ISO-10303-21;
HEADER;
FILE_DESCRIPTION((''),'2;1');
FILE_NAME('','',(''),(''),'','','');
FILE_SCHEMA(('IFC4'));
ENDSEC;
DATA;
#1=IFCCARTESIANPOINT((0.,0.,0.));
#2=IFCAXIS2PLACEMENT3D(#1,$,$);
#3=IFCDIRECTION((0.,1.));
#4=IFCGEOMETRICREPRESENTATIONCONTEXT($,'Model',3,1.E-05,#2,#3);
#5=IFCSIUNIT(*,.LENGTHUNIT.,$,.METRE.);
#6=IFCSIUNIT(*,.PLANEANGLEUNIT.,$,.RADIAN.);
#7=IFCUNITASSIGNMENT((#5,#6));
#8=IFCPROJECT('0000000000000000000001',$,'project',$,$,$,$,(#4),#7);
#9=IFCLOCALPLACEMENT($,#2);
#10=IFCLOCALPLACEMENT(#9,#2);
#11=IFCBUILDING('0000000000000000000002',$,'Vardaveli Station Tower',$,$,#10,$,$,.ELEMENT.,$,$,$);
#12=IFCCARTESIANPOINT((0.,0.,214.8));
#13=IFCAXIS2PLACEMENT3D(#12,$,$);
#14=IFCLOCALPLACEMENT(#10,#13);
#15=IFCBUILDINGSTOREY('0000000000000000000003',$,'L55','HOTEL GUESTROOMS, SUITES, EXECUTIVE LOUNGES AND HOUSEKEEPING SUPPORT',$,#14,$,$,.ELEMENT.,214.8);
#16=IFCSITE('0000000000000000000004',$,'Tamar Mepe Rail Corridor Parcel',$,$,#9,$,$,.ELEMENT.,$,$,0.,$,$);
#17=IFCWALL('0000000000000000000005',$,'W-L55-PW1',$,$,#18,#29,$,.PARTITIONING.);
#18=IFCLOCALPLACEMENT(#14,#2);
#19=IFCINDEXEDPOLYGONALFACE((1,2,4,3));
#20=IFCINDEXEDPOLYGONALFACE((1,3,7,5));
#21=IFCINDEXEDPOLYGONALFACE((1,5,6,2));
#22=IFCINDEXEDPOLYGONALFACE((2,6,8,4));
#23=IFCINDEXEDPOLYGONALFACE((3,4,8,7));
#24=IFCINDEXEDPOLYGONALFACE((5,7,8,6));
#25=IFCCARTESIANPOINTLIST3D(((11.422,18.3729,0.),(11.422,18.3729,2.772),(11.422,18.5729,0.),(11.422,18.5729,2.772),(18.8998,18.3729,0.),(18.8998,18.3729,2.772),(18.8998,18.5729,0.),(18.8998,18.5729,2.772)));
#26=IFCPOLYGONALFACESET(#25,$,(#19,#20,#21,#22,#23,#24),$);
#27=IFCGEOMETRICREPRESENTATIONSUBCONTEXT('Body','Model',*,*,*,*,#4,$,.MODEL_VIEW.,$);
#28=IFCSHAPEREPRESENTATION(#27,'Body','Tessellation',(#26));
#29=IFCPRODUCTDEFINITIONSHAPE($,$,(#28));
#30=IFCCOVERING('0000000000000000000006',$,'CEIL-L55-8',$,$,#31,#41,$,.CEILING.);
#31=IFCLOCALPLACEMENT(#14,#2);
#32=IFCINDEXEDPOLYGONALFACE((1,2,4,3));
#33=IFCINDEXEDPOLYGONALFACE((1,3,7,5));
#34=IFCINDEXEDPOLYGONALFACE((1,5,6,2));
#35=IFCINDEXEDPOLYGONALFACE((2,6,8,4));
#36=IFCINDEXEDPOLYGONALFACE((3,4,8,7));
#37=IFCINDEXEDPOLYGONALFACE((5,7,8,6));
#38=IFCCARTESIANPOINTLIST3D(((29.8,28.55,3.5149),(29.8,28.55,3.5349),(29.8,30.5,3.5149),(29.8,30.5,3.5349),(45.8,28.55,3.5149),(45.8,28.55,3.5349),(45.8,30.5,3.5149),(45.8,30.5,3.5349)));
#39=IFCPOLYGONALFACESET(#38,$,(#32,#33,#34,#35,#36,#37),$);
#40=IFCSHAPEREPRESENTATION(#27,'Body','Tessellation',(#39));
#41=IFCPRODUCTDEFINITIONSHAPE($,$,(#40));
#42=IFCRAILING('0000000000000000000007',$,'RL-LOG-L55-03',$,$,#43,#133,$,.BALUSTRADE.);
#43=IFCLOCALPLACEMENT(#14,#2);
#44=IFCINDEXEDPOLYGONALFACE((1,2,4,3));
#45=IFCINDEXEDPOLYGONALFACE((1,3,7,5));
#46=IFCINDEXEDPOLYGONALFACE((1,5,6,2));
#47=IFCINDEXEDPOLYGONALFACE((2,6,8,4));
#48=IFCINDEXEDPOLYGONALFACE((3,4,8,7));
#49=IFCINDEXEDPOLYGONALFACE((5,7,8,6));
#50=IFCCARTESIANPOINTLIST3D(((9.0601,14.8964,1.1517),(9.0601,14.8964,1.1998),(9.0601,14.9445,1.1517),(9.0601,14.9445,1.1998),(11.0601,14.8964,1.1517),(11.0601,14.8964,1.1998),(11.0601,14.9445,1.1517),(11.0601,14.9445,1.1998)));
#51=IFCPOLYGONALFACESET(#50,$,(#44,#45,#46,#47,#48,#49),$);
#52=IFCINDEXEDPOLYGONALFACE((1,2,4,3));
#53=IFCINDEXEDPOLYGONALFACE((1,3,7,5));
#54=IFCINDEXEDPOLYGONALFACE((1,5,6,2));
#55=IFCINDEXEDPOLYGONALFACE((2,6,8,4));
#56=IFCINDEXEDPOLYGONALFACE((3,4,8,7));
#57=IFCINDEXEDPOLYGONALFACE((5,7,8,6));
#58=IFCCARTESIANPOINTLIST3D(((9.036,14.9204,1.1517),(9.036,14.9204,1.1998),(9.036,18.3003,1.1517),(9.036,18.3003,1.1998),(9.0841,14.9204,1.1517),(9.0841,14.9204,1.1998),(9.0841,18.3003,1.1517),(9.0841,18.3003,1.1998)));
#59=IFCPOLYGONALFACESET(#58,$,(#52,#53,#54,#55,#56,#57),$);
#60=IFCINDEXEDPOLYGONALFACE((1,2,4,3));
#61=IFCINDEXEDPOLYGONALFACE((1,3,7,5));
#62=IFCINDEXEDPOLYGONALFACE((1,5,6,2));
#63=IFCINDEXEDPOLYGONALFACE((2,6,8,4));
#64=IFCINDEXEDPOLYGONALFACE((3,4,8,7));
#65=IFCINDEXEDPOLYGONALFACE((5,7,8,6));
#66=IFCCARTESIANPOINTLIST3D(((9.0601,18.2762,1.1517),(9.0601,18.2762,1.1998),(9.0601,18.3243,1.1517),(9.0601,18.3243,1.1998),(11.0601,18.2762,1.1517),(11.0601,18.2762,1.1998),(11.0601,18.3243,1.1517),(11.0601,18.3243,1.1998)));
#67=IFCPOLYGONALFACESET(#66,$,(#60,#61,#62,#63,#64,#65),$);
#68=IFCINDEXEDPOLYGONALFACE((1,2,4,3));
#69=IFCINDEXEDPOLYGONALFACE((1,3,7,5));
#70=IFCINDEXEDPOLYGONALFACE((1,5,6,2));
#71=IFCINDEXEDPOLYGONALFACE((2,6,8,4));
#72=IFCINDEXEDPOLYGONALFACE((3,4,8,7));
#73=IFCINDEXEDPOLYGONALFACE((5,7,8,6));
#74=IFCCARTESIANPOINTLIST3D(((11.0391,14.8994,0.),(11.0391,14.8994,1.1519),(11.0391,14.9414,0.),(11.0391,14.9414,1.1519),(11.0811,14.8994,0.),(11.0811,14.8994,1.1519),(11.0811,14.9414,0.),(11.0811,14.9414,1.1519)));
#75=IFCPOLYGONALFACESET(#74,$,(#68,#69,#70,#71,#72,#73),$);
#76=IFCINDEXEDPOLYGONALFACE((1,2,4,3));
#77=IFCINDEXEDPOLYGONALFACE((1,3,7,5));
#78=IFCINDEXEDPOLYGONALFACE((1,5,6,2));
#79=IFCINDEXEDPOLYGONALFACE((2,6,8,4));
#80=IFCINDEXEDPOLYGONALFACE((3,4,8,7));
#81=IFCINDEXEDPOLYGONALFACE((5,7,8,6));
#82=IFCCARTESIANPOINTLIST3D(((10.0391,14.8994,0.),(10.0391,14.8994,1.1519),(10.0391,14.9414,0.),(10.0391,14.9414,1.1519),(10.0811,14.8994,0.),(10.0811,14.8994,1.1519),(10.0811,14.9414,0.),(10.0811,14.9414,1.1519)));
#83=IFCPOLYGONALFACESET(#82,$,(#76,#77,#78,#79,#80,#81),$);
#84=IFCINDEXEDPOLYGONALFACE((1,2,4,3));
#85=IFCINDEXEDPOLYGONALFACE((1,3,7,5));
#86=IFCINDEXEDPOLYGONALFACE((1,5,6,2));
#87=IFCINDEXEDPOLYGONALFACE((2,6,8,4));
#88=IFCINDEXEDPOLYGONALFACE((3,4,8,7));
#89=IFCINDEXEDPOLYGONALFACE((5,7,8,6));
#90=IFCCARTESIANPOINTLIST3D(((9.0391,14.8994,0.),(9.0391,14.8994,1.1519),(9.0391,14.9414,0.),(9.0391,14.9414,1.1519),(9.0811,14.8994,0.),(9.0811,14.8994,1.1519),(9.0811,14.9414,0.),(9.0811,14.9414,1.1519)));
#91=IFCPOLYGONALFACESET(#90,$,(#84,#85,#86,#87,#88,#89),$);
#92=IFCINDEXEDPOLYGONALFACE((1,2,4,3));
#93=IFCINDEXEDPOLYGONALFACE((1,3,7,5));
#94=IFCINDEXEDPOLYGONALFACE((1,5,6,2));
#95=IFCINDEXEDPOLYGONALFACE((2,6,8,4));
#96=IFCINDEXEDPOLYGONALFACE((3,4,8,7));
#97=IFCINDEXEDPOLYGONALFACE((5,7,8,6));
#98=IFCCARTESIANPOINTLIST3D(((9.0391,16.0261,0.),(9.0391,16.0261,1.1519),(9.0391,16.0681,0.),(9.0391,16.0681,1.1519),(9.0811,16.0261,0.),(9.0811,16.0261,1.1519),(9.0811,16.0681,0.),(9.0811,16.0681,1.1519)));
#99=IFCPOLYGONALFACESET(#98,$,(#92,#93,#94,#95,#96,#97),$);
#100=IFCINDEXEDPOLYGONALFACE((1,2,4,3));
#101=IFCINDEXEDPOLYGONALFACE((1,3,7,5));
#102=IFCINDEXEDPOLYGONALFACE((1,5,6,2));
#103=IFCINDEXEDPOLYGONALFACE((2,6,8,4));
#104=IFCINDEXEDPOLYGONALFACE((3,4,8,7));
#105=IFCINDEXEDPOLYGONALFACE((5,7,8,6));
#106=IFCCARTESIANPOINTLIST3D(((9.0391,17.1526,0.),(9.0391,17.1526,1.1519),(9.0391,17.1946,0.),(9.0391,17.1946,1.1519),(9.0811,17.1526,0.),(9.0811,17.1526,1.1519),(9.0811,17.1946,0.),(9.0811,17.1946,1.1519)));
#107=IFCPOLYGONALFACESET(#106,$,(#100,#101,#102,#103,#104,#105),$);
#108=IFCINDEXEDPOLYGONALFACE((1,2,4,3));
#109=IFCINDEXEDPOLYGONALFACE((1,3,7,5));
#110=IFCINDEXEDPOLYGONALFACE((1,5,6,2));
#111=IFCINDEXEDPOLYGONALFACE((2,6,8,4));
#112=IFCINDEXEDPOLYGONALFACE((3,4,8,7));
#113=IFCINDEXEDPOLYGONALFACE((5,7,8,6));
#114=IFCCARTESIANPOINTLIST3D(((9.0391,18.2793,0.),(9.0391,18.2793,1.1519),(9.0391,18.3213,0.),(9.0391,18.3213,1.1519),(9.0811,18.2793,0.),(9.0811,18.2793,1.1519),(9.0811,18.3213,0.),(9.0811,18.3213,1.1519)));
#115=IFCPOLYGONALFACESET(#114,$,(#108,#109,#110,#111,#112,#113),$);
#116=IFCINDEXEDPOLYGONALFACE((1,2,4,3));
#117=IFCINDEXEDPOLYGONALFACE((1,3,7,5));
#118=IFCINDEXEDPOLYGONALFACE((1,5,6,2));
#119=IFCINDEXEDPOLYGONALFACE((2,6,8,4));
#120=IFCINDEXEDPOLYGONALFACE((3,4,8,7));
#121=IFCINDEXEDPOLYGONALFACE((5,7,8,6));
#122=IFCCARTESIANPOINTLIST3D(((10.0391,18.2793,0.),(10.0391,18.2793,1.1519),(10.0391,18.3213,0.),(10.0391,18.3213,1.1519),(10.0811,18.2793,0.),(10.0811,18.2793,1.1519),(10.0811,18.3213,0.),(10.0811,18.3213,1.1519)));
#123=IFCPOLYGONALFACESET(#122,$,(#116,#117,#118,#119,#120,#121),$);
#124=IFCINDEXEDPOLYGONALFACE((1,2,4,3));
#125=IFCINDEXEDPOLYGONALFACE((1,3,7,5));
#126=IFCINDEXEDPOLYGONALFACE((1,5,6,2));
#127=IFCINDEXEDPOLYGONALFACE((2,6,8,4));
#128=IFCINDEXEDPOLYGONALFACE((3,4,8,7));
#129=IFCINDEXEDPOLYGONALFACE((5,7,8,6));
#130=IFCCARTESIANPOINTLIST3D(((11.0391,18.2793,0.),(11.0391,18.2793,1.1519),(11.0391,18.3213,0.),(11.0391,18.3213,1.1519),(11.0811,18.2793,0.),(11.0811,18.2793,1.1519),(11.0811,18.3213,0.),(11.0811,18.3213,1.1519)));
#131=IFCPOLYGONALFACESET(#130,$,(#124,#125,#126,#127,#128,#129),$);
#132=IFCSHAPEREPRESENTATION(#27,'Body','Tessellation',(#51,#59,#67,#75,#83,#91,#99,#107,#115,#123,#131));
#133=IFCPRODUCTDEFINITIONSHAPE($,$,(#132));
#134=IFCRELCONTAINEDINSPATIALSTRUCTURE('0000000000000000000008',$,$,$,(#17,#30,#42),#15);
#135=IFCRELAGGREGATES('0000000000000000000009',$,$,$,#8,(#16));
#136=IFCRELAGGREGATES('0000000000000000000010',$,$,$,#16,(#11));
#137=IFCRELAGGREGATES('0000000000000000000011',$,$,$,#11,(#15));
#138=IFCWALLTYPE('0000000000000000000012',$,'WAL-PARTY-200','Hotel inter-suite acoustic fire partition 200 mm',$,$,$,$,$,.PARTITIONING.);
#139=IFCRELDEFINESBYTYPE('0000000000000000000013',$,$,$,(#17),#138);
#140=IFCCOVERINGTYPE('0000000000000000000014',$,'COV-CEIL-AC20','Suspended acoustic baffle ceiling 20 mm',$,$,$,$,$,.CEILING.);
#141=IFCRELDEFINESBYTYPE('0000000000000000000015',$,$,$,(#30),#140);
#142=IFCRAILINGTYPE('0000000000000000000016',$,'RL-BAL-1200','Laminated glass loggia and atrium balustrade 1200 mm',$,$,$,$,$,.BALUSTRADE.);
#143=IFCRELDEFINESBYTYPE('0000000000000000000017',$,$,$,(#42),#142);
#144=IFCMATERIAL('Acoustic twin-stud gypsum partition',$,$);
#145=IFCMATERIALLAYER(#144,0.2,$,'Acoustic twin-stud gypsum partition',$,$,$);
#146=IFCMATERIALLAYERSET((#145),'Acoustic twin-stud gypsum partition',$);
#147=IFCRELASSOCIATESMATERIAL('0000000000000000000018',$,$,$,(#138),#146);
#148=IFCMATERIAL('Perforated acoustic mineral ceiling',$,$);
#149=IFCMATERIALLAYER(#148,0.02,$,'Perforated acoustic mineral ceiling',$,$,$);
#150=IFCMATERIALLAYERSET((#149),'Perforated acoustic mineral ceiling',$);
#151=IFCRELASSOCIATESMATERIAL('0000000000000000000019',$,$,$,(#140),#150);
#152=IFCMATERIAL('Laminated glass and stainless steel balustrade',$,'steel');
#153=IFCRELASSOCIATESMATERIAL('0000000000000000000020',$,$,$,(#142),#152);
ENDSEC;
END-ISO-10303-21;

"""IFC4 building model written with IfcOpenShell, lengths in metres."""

from ifc_helpers import new_model, si_unit, direction, frame, frame_2d, origin, origin_2d, place, context, subcontext, project, spatial, polyline, rectangle, outline, extrude, source, transform, mapped, material, layer, layer_set, type_object, element, save


model = new_model("IFC4")

# Units and contexts
model_context = context("Model", 3, precision=1e-05, world=origin(), true_north=direction((0.0, 1.0)))
body_context = subcontext(model_context, "Body", "Model", "MODEL_VIEW")
ifc_project = project(units=[si_unit("LENGTHUNIT", "METRE"), si_unit("PLANEANGLEUNIT", "RADIAN")], contexts=[model_context])

# Site, building, storey
site_placement = place(None, origin())
site = spatial("IfcSite", under=ifc_project, at=site_placement, Name="Tamar Mepe Rail Corridor Parcel", CompositionType="ELEMENT", RefElevation=0.0)
building_placement = place(site_placement, origin())
building = spatial("IfcBuilding", under=site, at=building_placement, Name="Vardaveli Station Tower", CompositionType="ELEMENT")
storey_placement = place(building_placement, frame((0.0, 0.0, 214.8)))
storey = spatial("IfcBuildingStorey", under=building, at=storey_placement, Name="L55", Description="HOTEL GUESTROOMS, SUITES, EXECUTIVE LOUNGES AND HOUSEKEEPING SUPPORT", CompositionType="ELEMENT", Elevation=214.8)

# Wall
ifc_material_1 = material(Name="Acoustic twin-stud gypsum partition")
ifc_layer_1 = layer(ifc_material_1, 0.2, Name="Acoustic twin-stud gypsum partition")
ifc_layer_set_1 = layer_set([ifc_layer_1], Name="Acoustic twin-stud gypsum partition")
wall_type_1 = type_object("IfcWallType", Name="WAL-PARTY-200", Description="Hotel inter-suite acoustic fire partition 200 mm", PredefinedType="PARTITIONING", material=ifc_layer_set_1)
shared_shape_1 = source(origin(), body_context, "Body", "SweptSolid", [
    extrude(rectangle(XDim=7.4778, YDim=0.2, at=frame_2d((3.7388, 0.0))), origin(), (0.0, 0.0, 1.0), 2.772),
])
wall_1_placement = place(storey_placement, frame((11.4221, 18.4729, 0.0), z_axis=(0.0, 0.0, 1.0), x_axis=(1.0, 0.0, 0.0)))
element("IfcWall", 1, at=wall_1_placement, inside=storey, type_object=wall_type_1, Name="W-L55-PW1", PredefinedType="PARTITIONING", context=body_context, shape_type="MappedRepresentation", body=[
    mapped(shared_shape_1, transform((0.0, 0.0, 0.0), scale=1.0)),
])

# Covering
ifc_material_2 = material(Name="Perforated acoustic mineral ceiling")
ifc_layer_2 = layer(ifc_material_2, 0.02, Name="Perforated acoustic mineral ceiling")
ifc_layer_set_2 = layer_set([ifc_layer_2], Name="Perforated acoustic mineral ceiling")
covering_type = type_object("IfcCoveringType", Name="COV-CEIL-AC20", Description="Suspended acoustic baffle ceiling 20 mm", PredefinedType="CEILING", material=ifc_layer_set_2)
covering_placement = place(storey_placement, frame((0.0, 0.0, 3.5149)))
element("IfcCovering", 2, at=covering_placement, inside=storey, type_object=covering_type, Name="CEIL-L55-8", PredefinedType="CEILING", context=body_context, shape_type="SweptSolid", body=[
    extrude(outline(polyline([(29.8, 28.55), (45.8, 28.55), (45.8, 30.5), (29.8, 30.5), (29.8, 28.55)])), origin(), (0.0, 0.0, 1.0), 0.02),
])

# Railing
ifc_material_3 = material(Name="Laminated glass and stainless steel balustrade", Category="steel")
railing_type = type_object("IfcRailingType", Name="RL-BAL-1200", Description="Laminated glass loggia and atrium balustrade 1200 mm", PredefinedType="BALUSTRADE", material=ifc_material_3)
shared_shape_2 = source(origin(), body_context, "Body", "SweptSolid", [
    extrude(rectangle(XDim=0.0481, YDim=0.0481, at=origin_2d()), frame((0.0, 0.0, 1.1758), z_axis=(-1.0, 0.0, 0.0), x_axis=(0.0, -1.0, 0.0)), (0.0, 0.0, 1.0), 2.0),
    extrude(rectangle(XDim=0.0481, YDim=0.0481, at=origin_2d()), frame((-2.0, 0.0, 1.1758), z_axis=(0.0, 1.0, 0.0), x_axis=(-1.0, 0.0, 0.0)), (0.0, 0.0, 1.0), 3.3799),
    extrude(rectangle(XDim=0.0481, YDim=0.0481, at=origin_2d()), frame((-2.0, 3.3799, 1.1758), z_axis=(1.0, 0.0, 0.0), x_axis=(0.0, 1.0, 0.0)), (0.0, 0.0, 1.0), 2.0),
    extrude(rectangle(XDim=0.042, YDim=0.042, at=origin_2d()), origin(), (0.0, 0.0, 1.0), 1.1519),
    extrude(rectangle(XDim=0.042, YDim=0.042, at=origin_2d()), frame((-1.0, 0.0, 0.0)), (0.0, 0.0, 1.0), 1.1519),
    extrude(rectangle(XDim=0.042, YDim=0.042, at=origin_2d()), frame((-2.0, 0.0, 0.0)), (0.0, 0.0, 1.0), 1.1519),
    extrude(rectangle(XDim=0.042, YDim=0.042, at=origin_2d()), frame((-2.0, 1.1267, 0.0)), (0.0, 0.0, 1.0), 1.1519),
    extrude(rectangle(XDim=0.042, YDim=0.042, at=origin_2d()), frame((-2.0, 2.2532, 0.0)), (0.0, 0.0, 1.0), 1.1519),
    extrude(rectangle(XDim=0.042, YDim=0.042, at=origin_2d()), frame((-2.0, 3.3799, 0.0)), (0.0, 0.0, 1.0), 1.1519),
    extrude(rectangle(XDim=0.042, YDim=0.042, at=origin_2d()), frame((-1.0, 3.3799, 0.0)), (0.0, 0.0, 1.0), 1.1519),
    extrude(rectangle(XDim=0.042, YDim=0.042, at=origin_2d()), frame((0.0, 3.3799, 0.0)), (0.0, 0.0, 1.0), 1.1519),
])
railing_placement = place(storey_placement, frame((11.0601, 14.9204, 0.0)))
element("IfcRailing", 3, at=railing_placement, inside=storey, type_object=railing_type, Name="RL-LOG-L55-03", PredefinedType="BALUSTRADE", context=body_context, shape_type="MappedRepresentation", body=[
    mapped(shared_shape_2, transform((0.0, 0.0, 0.0), scale=1.0)),
])

save(model, "model.ifc")
